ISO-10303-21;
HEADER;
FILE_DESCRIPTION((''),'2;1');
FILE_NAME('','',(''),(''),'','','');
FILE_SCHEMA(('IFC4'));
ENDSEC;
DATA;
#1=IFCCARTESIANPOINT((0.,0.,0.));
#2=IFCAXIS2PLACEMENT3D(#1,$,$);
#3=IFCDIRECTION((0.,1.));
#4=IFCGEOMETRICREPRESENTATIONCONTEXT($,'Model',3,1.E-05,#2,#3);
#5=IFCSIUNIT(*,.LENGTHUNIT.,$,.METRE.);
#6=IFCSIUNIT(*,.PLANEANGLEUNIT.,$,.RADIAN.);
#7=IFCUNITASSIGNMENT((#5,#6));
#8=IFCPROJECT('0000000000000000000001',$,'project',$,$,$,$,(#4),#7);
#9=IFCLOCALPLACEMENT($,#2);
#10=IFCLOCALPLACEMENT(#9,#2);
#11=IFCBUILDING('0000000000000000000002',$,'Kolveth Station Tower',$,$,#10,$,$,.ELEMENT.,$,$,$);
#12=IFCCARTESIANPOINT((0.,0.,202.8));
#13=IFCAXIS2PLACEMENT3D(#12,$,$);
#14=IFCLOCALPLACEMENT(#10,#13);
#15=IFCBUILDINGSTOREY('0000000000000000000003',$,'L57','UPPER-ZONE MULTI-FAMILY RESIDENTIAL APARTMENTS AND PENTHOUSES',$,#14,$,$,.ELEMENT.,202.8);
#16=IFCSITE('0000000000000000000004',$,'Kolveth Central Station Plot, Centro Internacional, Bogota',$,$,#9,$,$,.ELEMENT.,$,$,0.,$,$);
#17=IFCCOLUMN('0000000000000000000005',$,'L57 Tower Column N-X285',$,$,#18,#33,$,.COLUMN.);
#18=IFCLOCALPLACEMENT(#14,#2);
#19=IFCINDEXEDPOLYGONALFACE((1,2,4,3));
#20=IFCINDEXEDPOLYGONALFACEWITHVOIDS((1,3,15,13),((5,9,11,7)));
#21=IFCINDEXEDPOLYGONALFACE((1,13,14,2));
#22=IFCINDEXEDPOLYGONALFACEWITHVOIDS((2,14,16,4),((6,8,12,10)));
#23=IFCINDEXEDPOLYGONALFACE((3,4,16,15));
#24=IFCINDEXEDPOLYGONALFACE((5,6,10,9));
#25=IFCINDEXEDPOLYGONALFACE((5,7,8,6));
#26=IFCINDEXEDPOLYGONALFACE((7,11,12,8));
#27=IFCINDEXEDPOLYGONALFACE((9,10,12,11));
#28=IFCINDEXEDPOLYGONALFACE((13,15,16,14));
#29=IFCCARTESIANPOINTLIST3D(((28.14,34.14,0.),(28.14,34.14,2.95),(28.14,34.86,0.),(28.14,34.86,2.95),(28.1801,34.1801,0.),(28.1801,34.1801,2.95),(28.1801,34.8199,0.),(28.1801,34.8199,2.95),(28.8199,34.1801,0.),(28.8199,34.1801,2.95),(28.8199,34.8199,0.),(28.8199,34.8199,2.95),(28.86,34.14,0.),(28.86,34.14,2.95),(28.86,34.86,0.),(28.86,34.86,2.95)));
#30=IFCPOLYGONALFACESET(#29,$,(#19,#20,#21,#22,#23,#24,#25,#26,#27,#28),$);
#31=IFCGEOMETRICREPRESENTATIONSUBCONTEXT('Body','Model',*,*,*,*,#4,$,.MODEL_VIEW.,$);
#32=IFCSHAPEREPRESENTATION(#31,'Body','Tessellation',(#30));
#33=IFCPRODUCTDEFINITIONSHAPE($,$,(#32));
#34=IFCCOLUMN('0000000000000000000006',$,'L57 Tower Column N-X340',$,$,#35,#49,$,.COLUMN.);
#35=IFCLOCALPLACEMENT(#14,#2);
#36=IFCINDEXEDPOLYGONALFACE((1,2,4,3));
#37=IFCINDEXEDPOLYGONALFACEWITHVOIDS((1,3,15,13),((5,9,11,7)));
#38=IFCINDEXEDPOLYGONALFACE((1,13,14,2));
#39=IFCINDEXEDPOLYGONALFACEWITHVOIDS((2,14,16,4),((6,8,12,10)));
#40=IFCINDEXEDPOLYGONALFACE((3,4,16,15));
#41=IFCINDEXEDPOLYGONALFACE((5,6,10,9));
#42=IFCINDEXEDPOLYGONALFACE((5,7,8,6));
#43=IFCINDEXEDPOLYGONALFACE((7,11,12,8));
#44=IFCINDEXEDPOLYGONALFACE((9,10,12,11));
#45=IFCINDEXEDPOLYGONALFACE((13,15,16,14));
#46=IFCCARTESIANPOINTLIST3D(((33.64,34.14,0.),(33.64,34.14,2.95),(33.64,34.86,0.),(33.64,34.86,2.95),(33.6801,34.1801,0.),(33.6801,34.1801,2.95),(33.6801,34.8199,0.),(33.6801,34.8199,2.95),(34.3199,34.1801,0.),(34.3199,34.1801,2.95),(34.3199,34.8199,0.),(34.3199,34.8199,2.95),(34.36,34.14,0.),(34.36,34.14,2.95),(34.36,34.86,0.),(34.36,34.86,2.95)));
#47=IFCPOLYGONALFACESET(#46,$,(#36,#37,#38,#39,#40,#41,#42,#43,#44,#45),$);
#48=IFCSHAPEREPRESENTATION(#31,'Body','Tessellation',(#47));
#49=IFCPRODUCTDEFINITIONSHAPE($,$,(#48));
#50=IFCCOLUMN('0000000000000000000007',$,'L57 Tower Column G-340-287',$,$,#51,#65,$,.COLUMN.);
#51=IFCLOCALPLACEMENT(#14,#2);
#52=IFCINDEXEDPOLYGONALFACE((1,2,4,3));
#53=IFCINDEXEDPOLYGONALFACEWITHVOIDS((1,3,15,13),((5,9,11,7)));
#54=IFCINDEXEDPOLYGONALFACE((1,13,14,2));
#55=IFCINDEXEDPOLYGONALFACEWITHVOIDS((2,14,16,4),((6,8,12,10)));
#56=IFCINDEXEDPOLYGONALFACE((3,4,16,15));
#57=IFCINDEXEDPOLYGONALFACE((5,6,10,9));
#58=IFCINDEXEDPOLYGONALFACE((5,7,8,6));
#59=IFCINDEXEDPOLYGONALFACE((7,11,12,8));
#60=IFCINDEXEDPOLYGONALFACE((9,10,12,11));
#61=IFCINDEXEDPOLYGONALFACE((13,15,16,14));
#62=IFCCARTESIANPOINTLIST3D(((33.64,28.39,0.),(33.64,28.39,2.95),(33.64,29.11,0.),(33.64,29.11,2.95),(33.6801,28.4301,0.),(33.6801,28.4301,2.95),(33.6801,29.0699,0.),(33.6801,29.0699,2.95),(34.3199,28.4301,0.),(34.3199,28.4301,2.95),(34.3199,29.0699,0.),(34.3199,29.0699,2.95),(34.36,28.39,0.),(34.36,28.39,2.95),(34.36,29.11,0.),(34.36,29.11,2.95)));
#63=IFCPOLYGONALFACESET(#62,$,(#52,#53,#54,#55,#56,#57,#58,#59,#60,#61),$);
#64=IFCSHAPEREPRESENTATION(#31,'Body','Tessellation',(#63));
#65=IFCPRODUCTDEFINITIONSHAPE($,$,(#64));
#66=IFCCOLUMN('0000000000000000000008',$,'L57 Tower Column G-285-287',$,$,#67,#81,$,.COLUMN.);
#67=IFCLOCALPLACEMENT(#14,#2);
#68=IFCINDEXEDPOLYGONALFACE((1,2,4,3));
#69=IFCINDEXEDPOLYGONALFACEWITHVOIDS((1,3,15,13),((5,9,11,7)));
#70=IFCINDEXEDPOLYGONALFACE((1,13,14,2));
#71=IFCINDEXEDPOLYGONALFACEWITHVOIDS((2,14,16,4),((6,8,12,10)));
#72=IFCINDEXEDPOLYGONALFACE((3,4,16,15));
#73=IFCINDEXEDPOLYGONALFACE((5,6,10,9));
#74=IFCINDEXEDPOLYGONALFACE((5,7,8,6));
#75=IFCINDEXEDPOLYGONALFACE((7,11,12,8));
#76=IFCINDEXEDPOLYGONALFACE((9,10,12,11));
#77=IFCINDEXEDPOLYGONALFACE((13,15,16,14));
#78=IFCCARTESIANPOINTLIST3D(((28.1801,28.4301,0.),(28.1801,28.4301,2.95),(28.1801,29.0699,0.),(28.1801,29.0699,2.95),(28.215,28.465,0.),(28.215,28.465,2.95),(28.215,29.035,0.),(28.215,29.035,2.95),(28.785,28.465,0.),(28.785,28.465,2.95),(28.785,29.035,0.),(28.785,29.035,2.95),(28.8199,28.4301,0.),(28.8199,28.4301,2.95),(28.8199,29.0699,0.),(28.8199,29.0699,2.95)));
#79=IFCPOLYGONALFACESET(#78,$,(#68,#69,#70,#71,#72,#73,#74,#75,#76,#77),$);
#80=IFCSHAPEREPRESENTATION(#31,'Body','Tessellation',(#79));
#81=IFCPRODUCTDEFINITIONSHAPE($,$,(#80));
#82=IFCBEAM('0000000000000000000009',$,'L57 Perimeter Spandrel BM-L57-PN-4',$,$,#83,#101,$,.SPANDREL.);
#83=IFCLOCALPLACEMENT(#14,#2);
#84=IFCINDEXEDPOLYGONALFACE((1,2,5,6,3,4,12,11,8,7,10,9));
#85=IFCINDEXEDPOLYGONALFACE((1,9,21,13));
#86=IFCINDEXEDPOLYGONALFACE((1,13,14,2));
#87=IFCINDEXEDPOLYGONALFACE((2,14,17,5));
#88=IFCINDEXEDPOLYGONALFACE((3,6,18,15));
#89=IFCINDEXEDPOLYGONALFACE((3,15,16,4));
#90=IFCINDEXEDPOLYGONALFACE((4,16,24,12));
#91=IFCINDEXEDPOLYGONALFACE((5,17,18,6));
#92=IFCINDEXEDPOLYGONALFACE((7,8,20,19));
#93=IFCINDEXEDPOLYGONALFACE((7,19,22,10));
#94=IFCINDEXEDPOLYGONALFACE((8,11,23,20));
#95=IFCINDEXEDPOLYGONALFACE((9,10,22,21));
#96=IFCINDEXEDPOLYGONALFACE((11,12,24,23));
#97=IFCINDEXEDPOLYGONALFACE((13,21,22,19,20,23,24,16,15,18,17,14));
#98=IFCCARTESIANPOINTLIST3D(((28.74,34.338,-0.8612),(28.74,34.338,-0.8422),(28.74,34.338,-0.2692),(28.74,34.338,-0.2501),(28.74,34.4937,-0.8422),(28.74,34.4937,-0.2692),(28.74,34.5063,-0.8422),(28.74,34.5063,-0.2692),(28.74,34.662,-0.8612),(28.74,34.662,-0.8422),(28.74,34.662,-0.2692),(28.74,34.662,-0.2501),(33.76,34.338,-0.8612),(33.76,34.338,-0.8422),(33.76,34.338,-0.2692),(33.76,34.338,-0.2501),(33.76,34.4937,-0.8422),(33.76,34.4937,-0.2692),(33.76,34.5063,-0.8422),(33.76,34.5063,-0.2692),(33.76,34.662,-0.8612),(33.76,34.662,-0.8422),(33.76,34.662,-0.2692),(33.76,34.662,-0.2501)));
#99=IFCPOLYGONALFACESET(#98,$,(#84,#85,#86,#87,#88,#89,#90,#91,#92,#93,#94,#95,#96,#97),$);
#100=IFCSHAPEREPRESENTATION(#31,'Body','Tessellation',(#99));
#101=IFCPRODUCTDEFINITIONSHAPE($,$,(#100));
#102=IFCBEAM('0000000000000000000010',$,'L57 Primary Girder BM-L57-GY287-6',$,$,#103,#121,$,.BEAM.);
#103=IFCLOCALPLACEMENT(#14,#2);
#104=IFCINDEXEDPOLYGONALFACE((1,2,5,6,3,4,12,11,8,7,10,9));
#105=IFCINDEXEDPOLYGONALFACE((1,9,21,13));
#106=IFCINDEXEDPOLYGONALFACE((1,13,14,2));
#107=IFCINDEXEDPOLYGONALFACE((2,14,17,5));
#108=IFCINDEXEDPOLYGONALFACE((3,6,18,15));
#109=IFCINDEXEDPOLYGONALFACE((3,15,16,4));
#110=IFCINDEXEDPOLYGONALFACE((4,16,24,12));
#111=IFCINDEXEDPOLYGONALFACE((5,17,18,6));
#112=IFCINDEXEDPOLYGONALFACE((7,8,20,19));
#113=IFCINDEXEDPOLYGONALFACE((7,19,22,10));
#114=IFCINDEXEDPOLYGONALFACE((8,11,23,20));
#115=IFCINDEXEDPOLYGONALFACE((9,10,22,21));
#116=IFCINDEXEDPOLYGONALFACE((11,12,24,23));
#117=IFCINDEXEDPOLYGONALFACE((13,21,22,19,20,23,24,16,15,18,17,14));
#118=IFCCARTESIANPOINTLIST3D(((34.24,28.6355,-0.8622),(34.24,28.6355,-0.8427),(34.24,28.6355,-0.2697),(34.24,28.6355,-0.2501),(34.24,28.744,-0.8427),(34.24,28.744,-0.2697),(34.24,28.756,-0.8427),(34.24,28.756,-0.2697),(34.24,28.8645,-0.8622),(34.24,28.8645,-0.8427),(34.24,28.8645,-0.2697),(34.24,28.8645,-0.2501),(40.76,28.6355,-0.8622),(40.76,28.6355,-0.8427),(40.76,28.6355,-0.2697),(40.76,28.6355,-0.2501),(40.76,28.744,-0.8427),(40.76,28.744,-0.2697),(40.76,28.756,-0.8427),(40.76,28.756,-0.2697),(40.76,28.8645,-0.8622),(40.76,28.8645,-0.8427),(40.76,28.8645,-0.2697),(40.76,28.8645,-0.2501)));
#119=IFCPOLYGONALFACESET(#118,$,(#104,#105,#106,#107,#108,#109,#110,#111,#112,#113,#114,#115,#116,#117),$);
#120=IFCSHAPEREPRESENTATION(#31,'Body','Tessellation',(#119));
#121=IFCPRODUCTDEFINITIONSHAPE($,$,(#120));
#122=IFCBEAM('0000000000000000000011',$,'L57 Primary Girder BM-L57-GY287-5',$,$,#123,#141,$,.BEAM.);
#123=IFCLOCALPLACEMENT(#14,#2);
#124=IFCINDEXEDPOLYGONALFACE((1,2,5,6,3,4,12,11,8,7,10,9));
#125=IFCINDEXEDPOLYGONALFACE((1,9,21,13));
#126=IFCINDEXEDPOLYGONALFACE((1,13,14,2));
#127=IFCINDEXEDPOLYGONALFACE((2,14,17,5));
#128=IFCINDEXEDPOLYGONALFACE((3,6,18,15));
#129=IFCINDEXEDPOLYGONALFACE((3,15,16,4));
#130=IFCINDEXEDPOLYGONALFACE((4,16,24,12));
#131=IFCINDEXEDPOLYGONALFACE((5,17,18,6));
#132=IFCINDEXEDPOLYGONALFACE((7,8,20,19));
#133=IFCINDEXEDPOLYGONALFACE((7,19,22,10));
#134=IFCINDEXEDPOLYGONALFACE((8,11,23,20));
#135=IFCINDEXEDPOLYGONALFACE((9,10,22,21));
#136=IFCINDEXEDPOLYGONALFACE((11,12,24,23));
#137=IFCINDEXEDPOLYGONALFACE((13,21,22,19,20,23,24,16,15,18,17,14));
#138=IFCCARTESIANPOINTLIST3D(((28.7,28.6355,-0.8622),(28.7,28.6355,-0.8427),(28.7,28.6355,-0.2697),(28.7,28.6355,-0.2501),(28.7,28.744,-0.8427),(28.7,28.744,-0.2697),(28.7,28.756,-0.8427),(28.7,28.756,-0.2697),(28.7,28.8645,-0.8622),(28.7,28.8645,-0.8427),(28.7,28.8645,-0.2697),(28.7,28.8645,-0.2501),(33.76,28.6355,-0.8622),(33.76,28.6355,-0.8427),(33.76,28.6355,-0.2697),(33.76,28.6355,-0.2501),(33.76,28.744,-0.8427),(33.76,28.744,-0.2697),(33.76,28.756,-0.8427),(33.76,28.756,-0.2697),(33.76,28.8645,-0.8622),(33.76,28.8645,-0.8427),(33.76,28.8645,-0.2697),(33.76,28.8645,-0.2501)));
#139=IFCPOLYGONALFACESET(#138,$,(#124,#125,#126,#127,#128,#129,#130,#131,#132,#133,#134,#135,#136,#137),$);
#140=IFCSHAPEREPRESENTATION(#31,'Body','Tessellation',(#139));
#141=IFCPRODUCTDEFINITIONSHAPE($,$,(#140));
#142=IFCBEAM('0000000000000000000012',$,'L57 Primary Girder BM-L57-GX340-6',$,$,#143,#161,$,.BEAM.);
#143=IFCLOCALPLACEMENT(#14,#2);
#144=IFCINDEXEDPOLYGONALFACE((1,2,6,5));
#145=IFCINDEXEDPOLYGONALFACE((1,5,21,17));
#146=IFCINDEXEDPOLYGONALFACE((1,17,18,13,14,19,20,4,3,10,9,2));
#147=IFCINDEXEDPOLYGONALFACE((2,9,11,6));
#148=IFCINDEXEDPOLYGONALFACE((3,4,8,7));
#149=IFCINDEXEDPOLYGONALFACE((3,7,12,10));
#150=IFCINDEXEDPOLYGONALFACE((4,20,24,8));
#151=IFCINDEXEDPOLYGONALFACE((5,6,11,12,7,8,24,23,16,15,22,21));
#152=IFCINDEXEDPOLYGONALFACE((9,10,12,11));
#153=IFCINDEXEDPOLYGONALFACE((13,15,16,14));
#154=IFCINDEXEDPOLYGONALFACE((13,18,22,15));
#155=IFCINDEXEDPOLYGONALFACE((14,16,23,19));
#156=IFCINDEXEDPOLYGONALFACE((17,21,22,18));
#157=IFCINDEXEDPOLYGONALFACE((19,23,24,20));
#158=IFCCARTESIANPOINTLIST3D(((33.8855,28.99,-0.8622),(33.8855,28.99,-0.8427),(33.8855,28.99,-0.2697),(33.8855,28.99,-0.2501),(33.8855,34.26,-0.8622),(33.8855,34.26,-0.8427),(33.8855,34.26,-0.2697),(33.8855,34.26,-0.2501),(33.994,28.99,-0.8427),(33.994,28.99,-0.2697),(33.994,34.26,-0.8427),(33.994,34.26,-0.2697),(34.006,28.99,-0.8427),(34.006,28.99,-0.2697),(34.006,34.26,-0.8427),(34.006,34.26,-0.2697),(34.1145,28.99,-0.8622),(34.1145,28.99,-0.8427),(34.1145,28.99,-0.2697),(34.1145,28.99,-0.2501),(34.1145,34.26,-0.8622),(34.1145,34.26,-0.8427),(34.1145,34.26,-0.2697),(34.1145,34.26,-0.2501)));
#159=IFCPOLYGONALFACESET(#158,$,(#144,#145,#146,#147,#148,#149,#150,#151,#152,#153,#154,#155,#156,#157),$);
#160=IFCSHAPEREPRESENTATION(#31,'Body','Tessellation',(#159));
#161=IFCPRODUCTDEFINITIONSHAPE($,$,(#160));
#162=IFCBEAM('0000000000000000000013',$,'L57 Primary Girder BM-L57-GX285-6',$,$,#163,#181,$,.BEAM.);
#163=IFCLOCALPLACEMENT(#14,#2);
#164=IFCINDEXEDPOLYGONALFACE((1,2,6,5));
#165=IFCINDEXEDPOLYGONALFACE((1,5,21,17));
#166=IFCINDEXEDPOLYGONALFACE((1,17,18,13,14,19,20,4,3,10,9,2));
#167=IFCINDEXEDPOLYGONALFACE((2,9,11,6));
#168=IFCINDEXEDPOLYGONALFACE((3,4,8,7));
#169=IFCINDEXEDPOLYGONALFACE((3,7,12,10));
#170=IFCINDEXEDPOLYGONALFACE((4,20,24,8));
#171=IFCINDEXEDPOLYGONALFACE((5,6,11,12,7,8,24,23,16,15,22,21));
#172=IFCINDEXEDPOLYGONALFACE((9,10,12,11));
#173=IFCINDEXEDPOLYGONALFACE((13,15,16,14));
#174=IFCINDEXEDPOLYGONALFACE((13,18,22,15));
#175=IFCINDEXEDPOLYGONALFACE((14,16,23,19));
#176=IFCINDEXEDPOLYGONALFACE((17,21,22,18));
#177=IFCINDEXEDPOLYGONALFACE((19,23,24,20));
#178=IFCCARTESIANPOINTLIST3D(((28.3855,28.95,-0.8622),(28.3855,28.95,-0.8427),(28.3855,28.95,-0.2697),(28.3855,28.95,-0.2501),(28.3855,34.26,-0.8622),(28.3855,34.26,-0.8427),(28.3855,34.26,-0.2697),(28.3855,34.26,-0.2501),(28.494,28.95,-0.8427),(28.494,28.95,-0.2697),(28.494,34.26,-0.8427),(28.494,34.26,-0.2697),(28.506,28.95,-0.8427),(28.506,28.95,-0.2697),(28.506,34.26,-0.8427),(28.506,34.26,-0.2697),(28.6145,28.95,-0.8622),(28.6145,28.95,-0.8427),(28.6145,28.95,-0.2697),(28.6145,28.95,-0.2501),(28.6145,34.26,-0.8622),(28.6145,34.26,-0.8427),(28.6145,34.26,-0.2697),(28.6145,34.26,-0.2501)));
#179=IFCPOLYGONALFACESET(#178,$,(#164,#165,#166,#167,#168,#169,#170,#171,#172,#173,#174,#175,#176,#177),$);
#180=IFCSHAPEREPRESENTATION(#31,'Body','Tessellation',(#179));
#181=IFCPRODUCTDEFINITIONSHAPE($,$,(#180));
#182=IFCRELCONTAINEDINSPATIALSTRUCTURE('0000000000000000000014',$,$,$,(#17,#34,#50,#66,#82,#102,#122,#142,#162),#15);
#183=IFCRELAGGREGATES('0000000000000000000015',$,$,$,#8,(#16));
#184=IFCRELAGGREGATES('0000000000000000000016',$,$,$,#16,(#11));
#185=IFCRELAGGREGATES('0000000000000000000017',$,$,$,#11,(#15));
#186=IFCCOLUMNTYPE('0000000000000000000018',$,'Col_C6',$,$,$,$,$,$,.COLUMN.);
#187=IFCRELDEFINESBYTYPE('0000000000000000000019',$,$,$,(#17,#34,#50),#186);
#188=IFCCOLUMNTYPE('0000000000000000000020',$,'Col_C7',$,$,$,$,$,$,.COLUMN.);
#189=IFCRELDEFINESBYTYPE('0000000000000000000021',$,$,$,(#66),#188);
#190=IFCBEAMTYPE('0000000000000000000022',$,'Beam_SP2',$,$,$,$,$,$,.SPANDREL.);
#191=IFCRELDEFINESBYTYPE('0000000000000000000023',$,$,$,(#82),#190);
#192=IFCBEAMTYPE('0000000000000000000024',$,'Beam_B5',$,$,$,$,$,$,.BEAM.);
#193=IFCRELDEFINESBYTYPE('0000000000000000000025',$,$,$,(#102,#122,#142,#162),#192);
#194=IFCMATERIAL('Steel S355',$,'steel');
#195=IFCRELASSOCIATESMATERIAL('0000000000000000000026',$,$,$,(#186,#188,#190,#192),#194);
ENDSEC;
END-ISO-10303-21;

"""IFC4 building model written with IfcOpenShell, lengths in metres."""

from ifc_helpers import new_model, si_unit, direction, frame, origin, origin_2d, place, context, subcontext, project, spatial, hollow_rectangle, i_section, extrude, source, transform, mapped, material, material_profile, profile_set, type_object, element, save


model = new_model("IFC4")

# Units and contexts
model_context = context("Model", 3, precision=1e-05, world=origin(), true_north=direction((0.0, 1.0)))
body_context = subcontext(model_context, "Body", "Model", "MODEL_VIEW")
ifc_project = project(units=[si_unit("LENGTHUNIT", "METRE"), si_unit("PLANEANGLEUNIT", "RADIAN")], contexts=[model_context])

# Site, building, storey
site_placement = place(None, origin())
site = spatial("IfcSite", under=ifc_project, at=site_placement, Name="Kolveth Central Station Plot, Centro Internacional, Bogota", CompositionType="ELEMENT", RefElevation=0.0)
building_placement = place(site_placement, origin())
building = spatial("IfcBuilding", under=site, at=building_placement, Name="Kolveth Station Tower", CompositionType="ELEMENT")
storey_placement = place(building_placement, frame((0.0, 0.0, 202.8)))
storey = spatial("IfcBuildingStorey", under=building, at=storey_placement, Name="L57", Description="UPPER-ZONE MULTI-FAMILY RESIDENTIAL APARTMENTS AND PENTHOUSES", CompositionType="ELEMENT", Elevation=202.8)

# Columns
ifc_material_1 = material(Name="Steel S355", Category="steel")
ifc_material_profile_1 = material_profile(ifc_material_1, hollow_rectangle(XDim=0.72, YDim=0.72, WallThickness=0.04, at=origin_2d()), Name="BOX720x720x40")
ifc_profile_set_1 = profile_set([ifc_material_profile_1], Name="Steel S355")
column_type_1 = type_object("IfcColumnType", Name="Col_C6", PredefinedType="COLUMN", material=ifc_profile_set_1)
shared_shape_1 = source(origin(), body_context, "Body", "SweptSolid", [
    extrude(hollow_rectangle(XDim=0.72, YDim=0.72, WallThickness=0.04, at=origin_2d()), origin(), (0.0, 0.0, 1.0), 2.95),
])
for number, where, z_axis, x_axis, name in (
    (1, (28.5, 34.5, 0.0), (0.0, 0.0, 1.0), (1.0, 0.0, 0.0), "L57 Tower Column N-X285"),
    (2, (34.0, 34.5, 0.0), (0.0, 0.0, 1.0), (1.0, 0.0, 0.0), "L57 Tower Column N-X340"),
    (3, (34.0, 28.75, 0.0), (0.0, 0.0, 1.0), (1.0, 0.0, 0.0), "L57 Tower Column G-340-287"),
):
    element("IfcColumn", number, at=place(storey_placement, frame(where, z_axis=z_axis, x_axis=x_axis)), inside=storey, type_object=column_type_1, Name=name, PredefinedType="COLUMN", context=body_context, shape_type="MappedRepresentation", body=[
        mapped(shared_shape_1, transform((0.0, 0.0, 0.0), x_axis=(1.0, 0.0, 0.0), y_axis=(0.0, 1.0, 0.0), z_axis=(0.0, 0.0, 1.0), scale=1.0)),
    ])
ifc_material_profile_2 = material_profile(ifc_material_1, hollow_rectangle(XDim=0.6399, YDim=0.6399, WallThickness=0.0349, at=origin_2d()), Name="BOX640x640x35")
ifc_profile_set_2 = profile_set([ifc_material_profile_2], Name="Steel S355")
column_type_2 = type_object("IfcColumnType", Name="Col_C7", PredefinedType="COLUMN", material=ifc_profile_set_2)
shared_shape_2 = source(origin(), body_context, "Body", "SweptSolid", [
    extrude(hollow_rectangle(XDim=0.6399, YDim=0.6399, WallThickness=0.0349, at=origin_2d()), origin(), (0.0, 0.0, 1.0), 2.95),
])
column_placement = place(storey_placement, frame((28.5, 28.75, 0.0), z_axis=(0.0, 0.0, 1.0), x_axis=(1.0, 0.0, 0.0)))
element("IfcColumn", 4, at=column_placement, inside=storey, type_object=column_type_2, Name="L57 Tower Column G-285-287", PredefinedType="COLUMN", context=body_context, shape_type="MappedRepresentation", body=[
    mapped(shared_shape_2, transform((0.0, 0.0, 0.0), x_axis=(1.0, 0.0, 0.0), y_axis=(0.0, 1.0, 0.0), z_axis=(0.0, 0.0, 1.0), scale=1.0)),
])

# Beams
ifc_material_profile_3 = material_profile(ifc_material_1, i_section(OverallWidth=0.324, OverallDepth=0.6111, WebThickness=0.0127, FlangeThickness=0.019, at=origin_2d()), Name="W610x155")
ifc_profile_set_3 = profile_set([ifc_material_profile_3], Name="Steel S355")
beam_type_1 = type_object("IfcBeamType", Name="Beam_SP2", PredefinedType="SPANDREL", material=ifc_profile_set_3)
shared_shape_3 = source(origin(), body_context, "Body", "SweptSolid", [
    extrude(i_section(OverallWidth=0.324, OverallDepth=0.6111, WebThickness=0.0127, FlangeThickness=0.019, at=origin_2d()), origin(), (0.0, 0.0, 1.0), 5.02),
])
beam_1_placement = place(storey_placement, frame((28.74, 34.5, -0.5557), z_axis=(1.0, 0.0, 0.0), x_axis=(0.0, 1.0, 0.0)))
element("IfcBeam", 5, at=beam_1_placement, inside=storey, type_object=beam_type_1, Name="L57 Perimeter Spandrel BM-L57-PN-4", PredefinedType="SPANDREL", context=body_context, shape_type="MappedRepresentation", body=[
    mapped(shared_shape_3, transform((0.0, 0.0, 0.0), x_axis=(1.0, 0.0, 0.0), y_axis=(0.0, 1.0, 0.0), z_axis=(0.0, 0.0, 1.0), scale=1.0)),
])
ifc_material_profile_4 = material_profile(ifc_material_1, i_section(OverallWidth=0.229, OverallDepth=0.6121, WebThickness=0.012, FlangeThickness=0.0195, at=origin_2d()), Name="W610x125")
ifc_profile_set_4 = profile_set([ifc_material_profile_4], Name="Steel S355")
beam_type_2 = type_object("IfcBeamType", Name="Beam_B5", PredefinedType="BEAM", material=ifc_profile_set_4)
shared_shape_4 = source(origin(), body_context, "Body", "SweptSolid", [
    extrude(i_section(OverallWidth=0.229, OverallDepth=0.6121, WebThickness=0.012, FlangeThickness=0.0195, at=origin_2d()), origin(), (0.0, 0.0, 1.0), 6.52),
])
beam_2_placement = place(storey_placement, frame((34.24, 28.75, -0.5562), z_axis=(1.0, 0.0, 0.0), x_axis=(0.0, 1.0, 0.0)))
element("IfcBeam", 6, at=beam_2_placement, inside=storey, type_object=beam_type_2, Name="L57 Primary Girder BM-L57-GY287-6", PredefinedType="BEAM", context=body_context, shape_type="MappedRepresentation", body=[
    mapped(shared_shape_4, transform((0.0, 0.0, 0.0), x_axis=(1.0, 0.0, 0.0), y_axis=(0.0, 1.0, 0.0), z_axis=(0.0, 0.0, 1.0), scale=1.0)),
])
shared_shape_5 = source(origin(), body_context, "Body", "SweptSolid", [
    extrude(i_section(OverallWidth=0.229, OverallDepth=0.6121, WebThickness=0.012, FlangeThickness=0.0195, at=origin_2d()), origin(), (0.0, 0.0, 1.0), 5.0601),
])
beam_3_placement = place(storey_placement, frame((28.7, 28.75, -0.5562), z_axis=(1.0, 0.0, 0.0), x_axis=(0.0, 1.0, 0.0)))
element("IfcBeam", 7, at=beam_3_placement, inside=storey, type_object=beam_type_2, Name="L57 Primary Girder BM-L57-GY287-5", PredefinedType="BEAM", context=body_context, shape_type="MappedRepresentation", body=[
    mapped(shared_shape_5, transform((0.0, 0.0, 0.0), x_axis=(1.0, 0.0, 0.0), y_axis=(0.0, 1.0, 0.0), z_axis=(0.0, 0.0, 1.0), scale=1.0)),
])
shared_shape_6 = source(origin(), body_context, "Body", "SweptSolid", [
    extrude(i_section(OverallWidth=0.229, OverallDepth=0.6121, WebThickness=0.012, FlangeThickness=0.0195, at=origin_2d()), origin(), (0.0, 0.0, 1.0), 5.27),
])
beam_4_placement = place(storey_placement, frame((34.0, 28.99, -0.5562), z_axis=(0.0, 1.0, 0.0), x_axis=(-1.0, 0.0, 0.0)))
element("IfcBeam", 8, at=beam_4_placement, inside=storey, type_object=beam_type_2, Name="L57 Primary Girder BM-L57-GX340-6", PredefinedType="BEAM", context=body_context, shape_type="MappedRepresentation", body=[
    mapped(shared_shape_6, transform((0.0, 0.0, 0.0), x_axis=(1.0, 0.0, 0.0), y_axis=(0.0, 1.0, 0.0), z_axis=(0.0, 0.0, 1.0), scale=1.0)),
])
shared_shape_7 = source(origin(), body_context, "Body", "SweptSolid", [
    extrude(i_section(OverallWidth=0.229, OverallDepth=0.6121, WebThickness=0.012, FlangeThickness=0.0195, at=origin_2d()), origin(), (0.0, 0.0, 1.0), 5.3101),
])
beam_5_placement = place(storey_placement, frame((28.5, 28.95, -0.5562), z_axis=(0.0, 1.0, 0.0), x_axis=(-1.0, 0.0, 0.0)))
element("IfcBeam", 9, at=beam_5_placement, inside=storey, type_object=beam_type_2, Name="L57 Primary Girder BM-L57-GX285-6", PredefinedType="BEAM", context=body_context, shape_type="MappedRepresentation", body=[
    mapped(shared_shape_7, transform((0.0, 0.0, 0.0), x_axis=(1.0, 0.0, 0.0), y_axis=(0.0, 1.0, 0.0), z_axis=(0.0, 0.0, 1.0), scale=1.0)),
])

save(model, "model.ifc")
